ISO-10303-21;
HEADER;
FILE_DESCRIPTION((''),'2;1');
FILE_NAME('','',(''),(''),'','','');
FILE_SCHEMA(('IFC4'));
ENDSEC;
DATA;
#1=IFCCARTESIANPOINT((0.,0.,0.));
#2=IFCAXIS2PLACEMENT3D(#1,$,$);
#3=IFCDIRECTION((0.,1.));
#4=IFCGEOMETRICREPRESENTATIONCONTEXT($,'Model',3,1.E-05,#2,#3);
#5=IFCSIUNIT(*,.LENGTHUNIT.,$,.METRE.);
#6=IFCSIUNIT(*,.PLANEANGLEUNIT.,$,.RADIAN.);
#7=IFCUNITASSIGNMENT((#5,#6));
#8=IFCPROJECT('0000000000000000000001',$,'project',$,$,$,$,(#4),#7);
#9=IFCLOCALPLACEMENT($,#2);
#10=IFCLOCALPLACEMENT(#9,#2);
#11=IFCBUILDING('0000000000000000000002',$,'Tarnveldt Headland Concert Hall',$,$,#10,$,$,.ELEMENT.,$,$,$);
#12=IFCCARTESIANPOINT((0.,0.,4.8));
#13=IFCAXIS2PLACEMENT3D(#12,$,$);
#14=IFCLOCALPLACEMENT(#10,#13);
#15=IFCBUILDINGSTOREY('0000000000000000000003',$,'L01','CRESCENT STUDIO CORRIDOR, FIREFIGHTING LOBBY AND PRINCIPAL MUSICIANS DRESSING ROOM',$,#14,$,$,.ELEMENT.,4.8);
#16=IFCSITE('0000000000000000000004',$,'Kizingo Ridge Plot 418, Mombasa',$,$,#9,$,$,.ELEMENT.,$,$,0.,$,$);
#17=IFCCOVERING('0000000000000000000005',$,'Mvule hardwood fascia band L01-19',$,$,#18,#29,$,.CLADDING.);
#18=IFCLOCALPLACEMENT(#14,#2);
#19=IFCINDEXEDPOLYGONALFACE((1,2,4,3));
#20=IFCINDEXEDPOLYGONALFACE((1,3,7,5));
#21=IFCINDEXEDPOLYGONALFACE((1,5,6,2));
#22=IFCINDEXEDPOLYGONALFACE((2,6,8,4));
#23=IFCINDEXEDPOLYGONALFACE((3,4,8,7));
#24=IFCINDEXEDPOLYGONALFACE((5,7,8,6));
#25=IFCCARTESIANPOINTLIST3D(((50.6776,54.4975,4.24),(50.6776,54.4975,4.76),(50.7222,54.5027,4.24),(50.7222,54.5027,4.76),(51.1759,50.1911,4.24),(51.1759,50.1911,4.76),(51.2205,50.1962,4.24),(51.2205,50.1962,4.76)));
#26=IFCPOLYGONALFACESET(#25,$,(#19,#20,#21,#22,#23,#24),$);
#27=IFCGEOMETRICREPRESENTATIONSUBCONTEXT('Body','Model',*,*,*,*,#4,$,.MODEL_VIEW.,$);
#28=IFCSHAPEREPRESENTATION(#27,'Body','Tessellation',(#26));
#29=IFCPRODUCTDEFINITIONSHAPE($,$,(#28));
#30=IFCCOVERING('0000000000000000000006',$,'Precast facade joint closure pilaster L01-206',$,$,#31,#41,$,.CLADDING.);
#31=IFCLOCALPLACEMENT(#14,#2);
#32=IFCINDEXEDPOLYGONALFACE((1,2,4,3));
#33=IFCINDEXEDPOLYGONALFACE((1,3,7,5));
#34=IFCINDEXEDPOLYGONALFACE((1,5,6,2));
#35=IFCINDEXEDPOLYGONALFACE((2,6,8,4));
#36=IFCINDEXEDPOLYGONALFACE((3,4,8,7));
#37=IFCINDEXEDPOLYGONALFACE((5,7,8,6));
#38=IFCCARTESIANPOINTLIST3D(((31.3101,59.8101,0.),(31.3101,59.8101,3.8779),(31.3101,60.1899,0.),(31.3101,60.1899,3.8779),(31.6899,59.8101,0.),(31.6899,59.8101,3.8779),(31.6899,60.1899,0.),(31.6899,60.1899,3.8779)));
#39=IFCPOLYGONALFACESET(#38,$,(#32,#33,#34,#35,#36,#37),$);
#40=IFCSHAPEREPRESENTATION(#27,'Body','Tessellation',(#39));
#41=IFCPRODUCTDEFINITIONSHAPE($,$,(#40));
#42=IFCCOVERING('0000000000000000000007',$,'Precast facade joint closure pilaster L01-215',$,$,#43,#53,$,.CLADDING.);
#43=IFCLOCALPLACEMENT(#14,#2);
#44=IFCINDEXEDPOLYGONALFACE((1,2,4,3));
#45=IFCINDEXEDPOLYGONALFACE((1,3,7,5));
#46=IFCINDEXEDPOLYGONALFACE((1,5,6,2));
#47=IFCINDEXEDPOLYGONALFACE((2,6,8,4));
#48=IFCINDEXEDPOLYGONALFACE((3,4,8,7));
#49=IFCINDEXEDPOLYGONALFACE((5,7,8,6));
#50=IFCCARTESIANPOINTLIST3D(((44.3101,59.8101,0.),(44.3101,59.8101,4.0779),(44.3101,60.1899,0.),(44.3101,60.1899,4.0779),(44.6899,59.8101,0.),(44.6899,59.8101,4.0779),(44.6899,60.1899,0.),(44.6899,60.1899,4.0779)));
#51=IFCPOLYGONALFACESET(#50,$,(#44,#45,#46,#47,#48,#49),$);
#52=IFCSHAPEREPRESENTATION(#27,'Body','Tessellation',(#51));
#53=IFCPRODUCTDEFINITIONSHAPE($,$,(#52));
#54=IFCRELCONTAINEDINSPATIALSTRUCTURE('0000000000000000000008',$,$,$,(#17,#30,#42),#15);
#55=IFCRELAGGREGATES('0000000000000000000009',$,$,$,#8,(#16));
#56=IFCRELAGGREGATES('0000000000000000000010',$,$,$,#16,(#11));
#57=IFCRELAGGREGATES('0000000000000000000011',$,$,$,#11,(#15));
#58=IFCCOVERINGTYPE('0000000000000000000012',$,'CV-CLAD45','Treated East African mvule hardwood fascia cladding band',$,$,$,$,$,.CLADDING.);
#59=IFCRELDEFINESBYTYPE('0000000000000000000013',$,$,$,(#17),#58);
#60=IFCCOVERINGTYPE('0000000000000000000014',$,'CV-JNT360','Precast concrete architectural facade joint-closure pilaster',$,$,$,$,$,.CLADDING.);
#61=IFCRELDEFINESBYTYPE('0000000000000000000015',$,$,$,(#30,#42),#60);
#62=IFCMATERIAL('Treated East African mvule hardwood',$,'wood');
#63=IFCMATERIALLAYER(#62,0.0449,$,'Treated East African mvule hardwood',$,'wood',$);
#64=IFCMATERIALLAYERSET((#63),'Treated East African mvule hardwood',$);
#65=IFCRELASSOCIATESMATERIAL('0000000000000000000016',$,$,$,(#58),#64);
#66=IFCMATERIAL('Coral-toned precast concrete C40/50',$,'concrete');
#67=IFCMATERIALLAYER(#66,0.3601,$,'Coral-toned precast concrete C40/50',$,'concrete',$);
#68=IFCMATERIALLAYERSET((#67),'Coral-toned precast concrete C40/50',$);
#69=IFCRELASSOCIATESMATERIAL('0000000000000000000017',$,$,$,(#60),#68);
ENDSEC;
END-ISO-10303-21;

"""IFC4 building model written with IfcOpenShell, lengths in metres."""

from ifc_helpers import new_model, si_unit, direction, frame, frame_2d, origin, origin_2d, place, context, subcontext, project, spatial, rectangle, extrude, material, layer, layer_set, type_object, element, save


model = new_model("IFC4")

# Units and contexts
model_context = context("Model", 3, precision=1e-05, world=origin(), true_north=direction((0.0, 1.0)))
body_context = subcontext(model_context, "Body", "Model", "MODEL_VIEW")
ifc_project = project(units=[si_unit("LENGTHUNIT", "METRE"), si_unit("PLANEANGLEUNIT", "RADIAN")], contexts=[model_context])

# Site, building, storey
site_placement = place(None, origin())
site = spatial("IfcSite", under=ifc_project, at=site_placement, Name="Kizingo Ridge Plot 418, Mombasa", CompositionType="ELEMENT", RefElevation=0.0)
building_placement = place(site_placement, origin())
building = spatial("IfcBuilding", under=site, at=building_placement, Name="Tarnveldt Headland Concert Hall", CompositionType="ELEMENT")
storey_placement = place(building_placement, frame((0.0, 0.0, 4.8)))
storey = spatial("IfcBuildingStorey", under=building, at=storey_placement, Name="L01", Description="CRESCENT STUDIO CORRIDOR, FIREFIGHTING LOBBY AND PRINCIPAL MUSICIANS DRESSING ROOM", CompositionType="ELEMENT", Elevation=4.8)

# Shared definitions
ifc_material_1 = material(Name="Coral-toned precast concrete C40/50", Category="concrete")

# Shared definitions
ifc_material_2 = material(Name="Treated East African mvule hardwood", Category="wood")

# Coverings
ifc_layer_1 = layer(ifc_material_2, 0.0449, Name="Treated East African mvule hardwood", Category="wood")
ifc_layer_set_1 = layer_set([ifc_layer_1], Name="Treated East African mvule hardwood")
covering_type_1 = type_object("IfcCoveringType", Name="CV-CLAD45", Description="Treated East African mvule hardwood fascia cladding band", PredefinedType="CLADDING", material=ifc_layer_set_1)
covering_1_placement = place(storey_placement, frame((50.7, 54.5, 4.24), z_axis=(0.0, 0.0, 1.0), x_axis=(0.114943, -0.993372, 0.0)))
element("IfcCovering", 1, at=covering_1_placement, inside=storey, type_object=covering_type_1, Name="Mvule hardwood fascia band L01-19", PredefinedType="CLADDING", context=body_context, shape_type="SweptSolid", body=[
    extrude(rectangle(XDim=4.3352, YDim=0.0449, at=frame_2d((2.1675, 0.0))), origin(), (0.0, 0.0, 1.0), 0.52),
])
ifc_layer_2 = layer(ifc_material_1, 0.3601, Name="Coral-toned precast concrete C40/50", Category="concrete")
ifc_layer_set_2 = layer_set([ifc_layer_2], Name="Coral-toned precast concrete C40/50")
covering_type_2 = type_object("IfcCoveringType", Name="CV-JNT360", Description="Precast concrete architectural facade joint-closure pilaster", PredefinedType="CLADDING", material=ifc_layer_set_2)
covering_2_placement = place(storey_placement, frame((31.5, 60.0, 0.0), z_axis=(0.0, 0.0, 1.0), x_axis=(-1.0, 0.0, 0.0)))
element("IfcCovering", 2, at=covering_2_placement, inside=storey, type_object=covering_type_2, Name="Precast facade joint closure pilaster L01-206", PredefinedType="CLADDING", context=body_context, shape_type="SweptSolid", body=[
    extrude(rectangle(XDim=0.3799, YDim=0.3799, at=origin_2d()), origin(), (0.0, 0.0, 1.0), 3.8779),
])
covering_3_placement = place(storey_placement, frame((44.5, 60.0, 0.0), z_axis=(0.0, 0.0, 1.0), x_axis=(-1.0, 0.0, 0.0)))
element("IfcCovering", 3, at=covering_3_placement, inside=storey, type_object=covering_type_2, Name="Precast facade joint closure pilaster L01-215", PredefinedType="CLADDING", context=body_context, shape_type="SweptSolid", body=[
    extrude(rectangle(XDim=0.3799, YDim=0.3799, at=origin_2d()), origin(), (0.0, 0.0, 1.0), 4.0779),
])

save(model, "model.ifc")
